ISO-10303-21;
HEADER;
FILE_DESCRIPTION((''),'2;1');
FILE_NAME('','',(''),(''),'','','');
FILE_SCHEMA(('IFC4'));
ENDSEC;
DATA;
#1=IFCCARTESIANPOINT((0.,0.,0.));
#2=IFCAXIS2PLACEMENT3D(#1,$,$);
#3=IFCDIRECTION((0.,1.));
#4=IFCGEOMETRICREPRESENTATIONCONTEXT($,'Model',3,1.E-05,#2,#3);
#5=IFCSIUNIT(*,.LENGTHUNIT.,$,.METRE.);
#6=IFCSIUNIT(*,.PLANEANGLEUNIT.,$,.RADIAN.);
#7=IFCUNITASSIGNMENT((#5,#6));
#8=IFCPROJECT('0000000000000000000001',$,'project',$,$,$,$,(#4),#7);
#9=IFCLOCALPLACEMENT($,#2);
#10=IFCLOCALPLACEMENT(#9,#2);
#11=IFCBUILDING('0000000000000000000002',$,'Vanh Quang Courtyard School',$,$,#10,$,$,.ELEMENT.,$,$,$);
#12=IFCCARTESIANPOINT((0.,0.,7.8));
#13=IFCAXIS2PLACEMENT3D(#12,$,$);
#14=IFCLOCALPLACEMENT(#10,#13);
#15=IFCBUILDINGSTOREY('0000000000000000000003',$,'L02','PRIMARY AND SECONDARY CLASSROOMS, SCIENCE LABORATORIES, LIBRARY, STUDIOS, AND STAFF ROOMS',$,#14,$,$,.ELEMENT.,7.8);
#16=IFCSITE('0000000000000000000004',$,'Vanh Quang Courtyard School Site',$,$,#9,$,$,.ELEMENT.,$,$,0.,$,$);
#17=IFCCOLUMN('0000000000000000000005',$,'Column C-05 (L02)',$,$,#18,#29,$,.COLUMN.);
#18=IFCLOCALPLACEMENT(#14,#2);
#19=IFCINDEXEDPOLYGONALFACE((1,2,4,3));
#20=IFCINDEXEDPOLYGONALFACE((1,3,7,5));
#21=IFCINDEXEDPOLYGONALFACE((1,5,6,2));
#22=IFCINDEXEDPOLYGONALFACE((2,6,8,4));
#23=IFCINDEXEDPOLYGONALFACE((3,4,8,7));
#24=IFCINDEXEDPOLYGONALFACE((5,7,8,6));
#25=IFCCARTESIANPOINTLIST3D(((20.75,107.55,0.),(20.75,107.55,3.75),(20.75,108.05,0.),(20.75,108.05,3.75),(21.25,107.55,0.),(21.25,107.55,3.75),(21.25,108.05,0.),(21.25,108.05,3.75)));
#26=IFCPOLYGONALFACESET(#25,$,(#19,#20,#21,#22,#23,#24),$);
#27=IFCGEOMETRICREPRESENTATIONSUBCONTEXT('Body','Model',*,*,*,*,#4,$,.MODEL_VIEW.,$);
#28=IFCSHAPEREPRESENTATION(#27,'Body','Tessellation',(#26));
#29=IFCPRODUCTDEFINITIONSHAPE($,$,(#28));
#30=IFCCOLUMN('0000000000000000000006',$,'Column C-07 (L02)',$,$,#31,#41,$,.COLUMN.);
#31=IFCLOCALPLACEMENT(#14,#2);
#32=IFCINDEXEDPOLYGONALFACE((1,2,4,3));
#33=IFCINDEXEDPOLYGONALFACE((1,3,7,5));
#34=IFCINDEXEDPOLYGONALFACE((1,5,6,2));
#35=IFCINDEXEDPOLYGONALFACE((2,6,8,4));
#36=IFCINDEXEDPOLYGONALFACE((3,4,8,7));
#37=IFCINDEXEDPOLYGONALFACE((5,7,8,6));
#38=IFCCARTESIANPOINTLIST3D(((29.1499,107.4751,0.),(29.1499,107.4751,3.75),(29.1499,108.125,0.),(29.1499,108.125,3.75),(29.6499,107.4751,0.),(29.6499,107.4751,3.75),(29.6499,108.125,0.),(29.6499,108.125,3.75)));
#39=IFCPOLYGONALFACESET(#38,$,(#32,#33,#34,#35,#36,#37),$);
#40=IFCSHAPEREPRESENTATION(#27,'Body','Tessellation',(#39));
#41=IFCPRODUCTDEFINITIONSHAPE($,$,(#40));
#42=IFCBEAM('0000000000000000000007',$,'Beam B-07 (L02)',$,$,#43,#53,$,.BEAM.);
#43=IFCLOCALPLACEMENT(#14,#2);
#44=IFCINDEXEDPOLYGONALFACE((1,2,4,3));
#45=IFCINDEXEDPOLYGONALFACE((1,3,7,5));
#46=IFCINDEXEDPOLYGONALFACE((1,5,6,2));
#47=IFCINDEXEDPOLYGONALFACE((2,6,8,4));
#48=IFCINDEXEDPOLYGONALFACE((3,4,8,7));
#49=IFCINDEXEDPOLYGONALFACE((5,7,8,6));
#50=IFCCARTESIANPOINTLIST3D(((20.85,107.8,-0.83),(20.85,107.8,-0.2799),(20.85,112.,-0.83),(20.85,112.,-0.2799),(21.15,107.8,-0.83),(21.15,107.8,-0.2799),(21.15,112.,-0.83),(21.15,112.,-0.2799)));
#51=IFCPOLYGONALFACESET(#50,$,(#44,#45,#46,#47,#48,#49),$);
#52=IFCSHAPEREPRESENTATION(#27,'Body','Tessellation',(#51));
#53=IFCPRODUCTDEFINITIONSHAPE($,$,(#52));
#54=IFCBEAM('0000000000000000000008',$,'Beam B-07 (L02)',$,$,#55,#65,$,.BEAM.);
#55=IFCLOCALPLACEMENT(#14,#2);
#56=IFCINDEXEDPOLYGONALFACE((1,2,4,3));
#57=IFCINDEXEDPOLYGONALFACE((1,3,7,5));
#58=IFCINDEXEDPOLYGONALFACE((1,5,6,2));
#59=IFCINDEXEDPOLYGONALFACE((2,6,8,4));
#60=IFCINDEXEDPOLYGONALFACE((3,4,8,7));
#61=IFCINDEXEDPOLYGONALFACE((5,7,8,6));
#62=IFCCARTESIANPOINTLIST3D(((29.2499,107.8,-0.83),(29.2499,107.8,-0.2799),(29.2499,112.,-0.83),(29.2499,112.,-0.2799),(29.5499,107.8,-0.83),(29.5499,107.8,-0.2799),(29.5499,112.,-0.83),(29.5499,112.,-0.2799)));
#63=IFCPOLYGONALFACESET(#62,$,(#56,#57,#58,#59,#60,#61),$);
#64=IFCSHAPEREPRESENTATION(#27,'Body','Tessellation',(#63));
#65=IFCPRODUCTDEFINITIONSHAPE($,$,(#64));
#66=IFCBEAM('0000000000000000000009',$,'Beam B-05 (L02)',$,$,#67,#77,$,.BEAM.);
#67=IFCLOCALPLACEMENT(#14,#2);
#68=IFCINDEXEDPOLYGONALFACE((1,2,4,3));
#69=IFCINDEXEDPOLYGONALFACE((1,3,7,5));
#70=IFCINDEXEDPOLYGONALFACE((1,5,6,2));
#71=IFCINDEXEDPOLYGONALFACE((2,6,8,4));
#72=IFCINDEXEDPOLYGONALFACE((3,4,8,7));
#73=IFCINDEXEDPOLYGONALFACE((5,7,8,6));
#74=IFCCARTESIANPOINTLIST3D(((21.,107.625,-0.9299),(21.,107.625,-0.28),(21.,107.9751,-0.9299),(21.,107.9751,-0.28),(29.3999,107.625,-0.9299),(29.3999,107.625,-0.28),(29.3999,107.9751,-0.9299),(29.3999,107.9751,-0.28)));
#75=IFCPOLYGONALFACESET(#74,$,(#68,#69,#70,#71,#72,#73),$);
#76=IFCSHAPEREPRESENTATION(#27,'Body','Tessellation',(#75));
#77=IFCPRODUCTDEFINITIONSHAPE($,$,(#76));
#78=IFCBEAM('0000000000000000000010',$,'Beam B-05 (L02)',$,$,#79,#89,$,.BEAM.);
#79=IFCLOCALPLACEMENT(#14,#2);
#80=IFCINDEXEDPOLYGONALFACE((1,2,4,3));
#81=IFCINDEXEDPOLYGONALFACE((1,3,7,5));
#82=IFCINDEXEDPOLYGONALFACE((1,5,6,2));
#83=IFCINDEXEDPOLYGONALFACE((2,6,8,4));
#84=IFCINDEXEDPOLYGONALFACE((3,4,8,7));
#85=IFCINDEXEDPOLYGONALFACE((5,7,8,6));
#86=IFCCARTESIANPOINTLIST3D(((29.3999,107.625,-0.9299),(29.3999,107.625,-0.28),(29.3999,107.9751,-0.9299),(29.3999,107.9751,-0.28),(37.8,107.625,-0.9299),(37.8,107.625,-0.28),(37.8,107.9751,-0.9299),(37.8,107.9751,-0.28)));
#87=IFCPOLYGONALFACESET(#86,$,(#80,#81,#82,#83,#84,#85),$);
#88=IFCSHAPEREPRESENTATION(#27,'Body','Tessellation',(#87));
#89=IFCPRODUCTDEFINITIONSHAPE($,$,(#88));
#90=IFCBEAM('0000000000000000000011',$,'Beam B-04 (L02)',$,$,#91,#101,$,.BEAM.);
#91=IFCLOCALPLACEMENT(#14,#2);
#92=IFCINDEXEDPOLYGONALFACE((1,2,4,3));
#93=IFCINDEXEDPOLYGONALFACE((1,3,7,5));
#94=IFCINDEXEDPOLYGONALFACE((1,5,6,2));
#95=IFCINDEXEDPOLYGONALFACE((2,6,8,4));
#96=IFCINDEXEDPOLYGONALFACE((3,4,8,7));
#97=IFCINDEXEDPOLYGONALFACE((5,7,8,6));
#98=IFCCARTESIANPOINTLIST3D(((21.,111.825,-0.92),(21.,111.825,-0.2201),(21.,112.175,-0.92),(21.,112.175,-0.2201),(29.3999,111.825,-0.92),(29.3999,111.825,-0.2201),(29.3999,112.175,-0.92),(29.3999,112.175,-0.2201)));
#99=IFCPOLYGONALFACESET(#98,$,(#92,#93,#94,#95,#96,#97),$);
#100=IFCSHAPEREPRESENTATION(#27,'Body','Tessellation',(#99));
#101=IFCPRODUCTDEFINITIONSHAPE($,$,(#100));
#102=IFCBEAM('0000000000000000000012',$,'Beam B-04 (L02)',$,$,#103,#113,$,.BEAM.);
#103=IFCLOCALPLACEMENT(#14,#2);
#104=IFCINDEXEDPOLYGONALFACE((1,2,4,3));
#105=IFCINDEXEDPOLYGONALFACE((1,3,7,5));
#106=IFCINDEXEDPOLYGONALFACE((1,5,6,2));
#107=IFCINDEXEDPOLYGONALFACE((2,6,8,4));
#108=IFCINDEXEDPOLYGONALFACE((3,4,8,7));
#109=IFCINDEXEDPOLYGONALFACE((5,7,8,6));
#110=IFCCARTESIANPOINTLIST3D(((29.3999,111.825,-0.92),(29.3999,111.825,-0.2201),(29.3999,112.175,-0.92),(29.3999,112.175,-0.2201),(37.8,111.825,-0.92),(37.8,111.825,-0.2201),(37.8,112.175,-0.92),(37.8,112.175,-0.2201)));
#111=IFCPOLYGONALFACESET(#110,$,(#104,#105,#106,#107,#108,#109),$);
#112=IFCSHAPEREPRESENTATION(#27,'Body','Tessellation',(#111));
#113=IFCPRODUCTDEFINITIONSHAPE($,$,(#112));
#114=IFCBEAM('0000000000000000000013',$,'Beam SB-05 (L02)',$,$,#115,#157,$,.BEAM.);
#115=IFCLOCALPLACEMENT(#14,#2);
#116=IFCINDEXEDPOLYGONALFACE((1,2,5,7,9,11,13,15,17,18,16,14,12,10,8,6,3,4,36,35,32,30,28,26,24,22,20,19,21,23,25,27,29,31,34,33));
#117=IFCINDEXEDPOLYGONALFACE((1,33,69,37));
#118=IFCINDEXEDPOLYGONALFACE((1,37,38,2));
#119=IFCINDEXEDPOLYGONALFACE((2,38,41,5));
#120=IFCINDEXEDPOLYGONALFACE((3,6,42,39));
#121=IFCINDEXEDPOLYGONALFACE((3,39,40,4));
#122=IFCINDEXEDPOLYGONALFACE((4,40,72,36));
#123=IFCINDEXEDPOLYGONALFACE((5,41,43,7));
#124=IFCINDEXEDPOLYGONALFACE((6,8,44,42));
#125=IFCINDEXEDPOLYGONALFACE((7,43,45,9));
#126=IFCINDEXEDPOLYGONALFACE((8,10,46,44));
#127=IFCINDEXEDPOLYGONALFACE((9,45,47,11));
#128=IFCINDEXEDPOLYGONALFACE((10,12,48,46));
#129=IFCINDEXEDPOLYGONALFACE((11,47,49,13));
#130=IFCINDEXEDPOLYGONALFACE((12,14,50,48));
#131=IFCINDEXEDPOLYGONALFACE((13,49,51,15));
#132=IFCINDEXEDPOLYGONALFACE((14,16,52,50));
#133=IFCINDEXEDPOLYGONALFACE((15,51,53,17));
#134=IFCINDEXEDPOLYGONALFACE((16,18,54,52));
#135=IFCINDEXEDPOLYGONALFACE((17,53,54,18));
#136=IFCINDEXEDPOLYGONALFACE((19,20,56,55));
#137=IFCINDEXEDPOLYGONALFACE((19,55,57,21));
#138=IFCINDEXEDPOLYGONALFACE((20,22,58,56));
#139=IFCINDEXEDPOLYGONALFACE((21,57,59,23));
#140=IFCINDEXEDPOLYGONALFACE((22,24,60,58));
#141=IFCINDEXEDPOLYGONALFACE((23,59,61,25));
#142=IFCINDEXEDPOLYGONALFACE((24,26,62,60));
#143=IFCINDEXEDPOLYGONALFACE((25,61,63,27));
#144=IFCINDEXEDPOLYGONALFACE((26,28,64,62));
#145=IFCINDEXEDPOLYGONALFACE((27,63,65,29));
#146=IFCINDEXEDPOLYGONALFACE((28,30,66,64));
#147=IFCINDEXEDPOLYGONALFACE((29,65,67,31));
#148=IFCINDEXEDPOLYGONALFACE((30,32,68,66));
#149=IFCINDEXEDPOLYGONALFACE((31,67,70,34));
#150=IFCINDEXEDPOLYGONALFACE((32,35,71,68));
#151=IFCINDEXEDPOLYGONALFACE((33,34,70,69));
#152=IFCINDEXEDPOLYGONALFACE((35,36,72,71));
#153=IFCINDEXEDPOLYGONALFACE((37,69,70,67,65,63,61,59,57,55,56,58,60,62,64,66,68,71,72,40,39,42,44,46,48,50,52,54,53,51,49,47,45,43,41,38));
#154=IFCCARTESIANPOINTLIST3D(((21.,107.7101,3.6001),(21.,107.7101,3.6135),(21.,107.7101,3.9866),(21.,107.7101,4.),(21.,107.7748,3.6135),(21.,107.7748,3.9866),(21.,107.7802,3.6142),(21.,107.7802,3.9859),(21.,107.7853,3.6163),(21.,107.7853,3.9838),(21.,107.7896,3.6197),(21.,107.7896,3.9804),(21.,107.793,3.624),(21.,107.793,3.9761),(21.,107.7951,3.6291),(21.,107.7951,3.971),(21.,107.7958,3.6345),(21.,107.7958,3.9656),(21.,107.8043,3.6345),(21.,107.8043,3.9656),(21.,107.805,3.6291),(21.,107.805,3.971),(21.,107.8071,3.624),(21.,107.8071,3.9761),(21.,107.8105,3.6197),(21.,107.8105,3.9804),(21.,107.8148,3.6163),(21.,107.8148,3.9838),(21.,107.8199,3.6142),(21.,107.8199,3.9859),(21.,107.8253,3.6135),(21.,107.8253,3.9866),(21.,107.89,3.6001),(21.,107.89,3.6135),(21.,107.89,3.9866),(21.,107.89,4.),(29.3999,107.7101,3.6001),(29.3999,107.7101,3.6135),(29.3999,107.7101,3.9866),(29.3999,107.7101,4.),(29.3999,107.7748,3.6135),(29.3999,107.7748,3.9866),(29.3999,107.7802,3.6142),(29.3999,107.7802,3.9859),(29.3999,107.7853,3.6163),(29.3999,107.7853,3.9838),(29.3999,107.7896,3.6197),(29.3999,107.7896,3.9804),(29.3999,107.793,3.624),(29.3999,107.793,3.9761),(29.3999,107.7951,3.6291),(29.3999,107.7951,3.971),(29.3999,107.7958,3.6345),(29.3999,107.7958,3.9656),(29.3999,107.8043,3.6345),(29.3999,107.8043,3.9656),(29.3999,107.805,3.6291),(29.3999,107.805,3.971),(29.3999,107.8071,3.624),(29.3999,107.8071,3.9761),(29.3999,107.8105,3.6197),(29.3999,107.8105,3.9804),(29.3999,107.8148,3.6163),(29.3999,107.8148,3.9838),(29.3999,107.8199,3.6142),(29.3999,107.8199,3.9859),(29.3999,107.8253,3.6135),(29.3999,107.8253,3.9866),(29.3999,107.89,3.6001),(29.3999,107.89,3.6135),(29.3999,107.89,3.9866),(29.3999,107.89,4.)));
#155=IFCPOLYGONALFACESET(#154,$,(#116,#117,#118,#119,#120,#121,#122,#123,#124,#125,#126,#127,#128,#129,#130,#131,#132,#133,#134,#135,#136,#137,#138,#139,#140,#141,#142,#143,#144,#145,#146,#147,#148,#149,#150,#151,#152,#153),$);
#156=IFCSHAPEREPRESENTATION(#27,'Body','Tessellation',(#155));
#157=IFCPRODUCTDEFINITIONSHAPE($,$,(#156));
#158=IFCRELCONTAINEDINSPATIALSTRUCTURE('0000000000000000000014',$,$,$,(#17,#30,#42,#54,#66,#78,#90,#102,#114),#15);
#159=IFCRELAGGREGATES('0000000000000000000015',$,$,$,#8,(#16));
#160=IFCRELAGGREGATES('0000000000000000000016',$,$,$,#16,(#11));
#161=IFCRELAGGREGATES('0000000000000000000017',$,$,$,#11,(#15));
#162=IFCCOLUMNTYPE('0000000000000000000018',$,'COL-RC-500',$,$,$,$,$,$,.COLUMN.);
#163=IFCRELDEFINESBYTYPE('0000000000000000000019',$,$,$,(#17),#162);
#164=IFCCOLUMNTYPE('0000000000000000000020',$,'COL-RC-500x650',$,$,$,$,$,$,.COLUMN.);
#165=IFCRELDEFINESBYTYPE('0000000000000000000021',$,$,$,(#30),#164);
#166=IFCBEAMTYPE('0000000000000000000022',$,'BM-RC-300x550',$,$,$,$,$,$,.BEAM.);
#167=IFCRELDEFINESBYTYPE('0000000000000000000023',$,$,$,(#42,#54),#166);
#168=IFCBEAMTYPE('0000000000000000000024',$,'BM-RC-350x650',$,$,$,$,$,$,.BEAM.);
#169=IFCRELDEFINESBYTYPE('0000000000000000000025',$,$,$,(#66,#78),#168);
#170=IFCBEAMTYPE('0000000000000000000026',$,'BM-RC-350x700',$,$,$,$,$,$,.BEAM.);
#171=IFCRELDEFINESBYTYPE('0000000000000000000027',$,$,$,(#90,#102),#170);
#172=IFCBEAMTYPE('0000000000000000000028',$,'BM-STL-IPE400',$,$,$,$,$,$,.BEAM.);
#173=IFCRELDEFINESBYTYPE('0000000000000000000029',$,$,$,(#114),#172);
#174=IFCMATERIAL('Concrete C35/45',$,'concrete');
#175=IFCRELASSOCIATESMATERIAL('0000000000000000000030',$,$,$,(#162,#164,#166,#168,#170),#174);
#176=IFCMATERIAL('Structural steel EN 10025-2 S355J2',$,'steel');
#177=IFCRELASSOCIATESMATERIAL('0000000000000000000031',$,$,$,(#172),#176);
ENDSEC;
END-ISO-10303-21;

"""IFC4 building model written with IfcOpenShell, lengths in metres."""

from ifc_helpers import new_model, si_unit, direction, frame, origin, origin_2d, place, context, subcontext, project, spatial, rectangle, i_section, extrude, material, material_profile, profile_set, type_object, element, save


model = new_model("IFC4")

# Units and contexts
model_context = context("Model", 3, precision=1e-05, world=origin(), true_north=direction((0.0, 1.0)))
body_context = subcontext(model_context, "Body", "Model", "MODEL_VIEW")
ifc_project = project(units=[si_unit("LENGTHUNIT", "METRE"), si_unit("PLANEANGLEUNIT", "RADIAN")], contexts=[model_context])

# Site, building, storey
site_placement = place(None, origin())
site = spatial("IfcSite", under=ifc_project, at=site_placement, Name="Vanh Quang Courtyard School Site", CompositionType="ELEMENT", RefElevation=0.0)
building_placement = place(site_placement, origin())
building = spatial("IfcBuilding", under=site, at=building_placement, Name="Vanh Quang Courtyard School", CompositionType="ELEMENT")
storey_placement = place(building_placement, frame((0.0, 0.0, 7.8)))
storey = spatial("IfcBuildingStorey", under=building, at=storey_placement, Name="L02", Description="PRIMARY AND SECONDARY CLASSROOMS, SCIENCE LABORATORIES, LIBRARY, STUDIOS, AND STAFF ROOMS", CompositionType="ELEMENT", Elevation=7.8)

# Columns
ifc_material_1 = material(Name="Concrete C35/45", Category="concrete")
ifc_material_profile_1 = material_profile(ifc_material_1, rectangle(XDim=0.5, YDim=0.5, at=origin_2d()), Name="RC-COL 500x500")
ifc_profile_set_1 = profile_set([ifc_material_profile_1], Name="Concrete C35/45")
column_type_1 = type_object("IfcColumnType", Name="COL-RC-500", PredefinedType="COLUMN", material=ifc_profile_set_1)
column_1_placement = place(storey_placement, frame((21.0, 107.8, 0.0), z_axis=(0.0, 0.0, 1.0), x_axis=(1.0, 0.0, 0.0)))
element("IfcColumn", 1, at=column_1_placement, inside=storey, type_object=column_type_1, Name="Column C-05 (L02)", PredefinedType="COLUMN", context=body_context, shape_type="SweptSolid", body=[
    extrude(rectangle(XDim=0.5, YDim=0.5, at=origin_2d()), origin(), (0.0, 0.0, 1.0), 3.75),
])
ifc_material_profile_2 = material_profile(ifc_material_1, rectangle(XDim=0.5, YDim=0.6499, at=origin_2d()), Name="RC-COL 500x650")
ifc_profile_set_2 = profile_set([ifc_material_profile_2], Name="Concrete C35/45")
column_type_2 = type_object("IfcColumnType", Name="COL-RC-500x650", PredefinedType="COLUMN", material=ifc_profile_set_2)
column_2_placement = place(storey_placement, frame((29.3999, 107.8, 0.0), z_axis=(0.0, 0.0, 1.0), x_axis=(1.0, 0.0, 0.0)))
element("IfcColumn", 2, at=column_2_placement, inside=storey, type_object=column_type_2, Name="Column C-07 (L02)", PredefinedType="COLUMN", context=body_context, shape_type="SweptSolid", body=[
    extrude(rectangle(XDim=0.5, YDim=0.6499, at=origin_2d()), origin(), (0.0, 0.0, 1.0), 3.75),
])

# Beams
ifc_material_profile_3 = material_profile(ifc_material_1, rectangle(XDim=0.3, YDim=0.55, at=origin_2d()), Name="RC-BM 300x550")
ifc_profile_set_3 = profile_set([ifc_material_profile_3], Name="Concrete C35/45")
beam_type_1 = type_object("IfcBeamType", Name="BM-RC-300x550", PredefinedType="BEAM", material=ifc_profile_set_3)
for number, where, z_axis, x_axis, name in (
    (3, (21.0, 107.8, -0.5549), (0.0, 1.0, 0.0), (-1.0, 0.0, 0.0), "Beam B-07 (L02)"),
    (4, (29.3999, 107.8, -0.5549), (0.0, 1.0, 0.0), (-1.0, 0.0, 0.0), "Beam B-07 (L02)"),
):
    element("IfcBeam", number, at=place(storey_placement, frame(where, z_axis=z_axis, x_axis=x_axis)), inside=storey, type_object=beam_type_1, Name=name, PredefinedType="BEAM", context=body_context, shape_type="SweptSolid", body=[
        extrude(rectangle(XDim=0.3, YDim=0.55, at=origin_2d()), origin(), (0.0, 0.0, 1.0), 4.2),
    ])
ifc_material_profile_4 = material_profile(ifc_material_1, rectangle(XDim=0.3501, YDim=0.6499, at=origin_2d()), Name="RC-BM 350x650")
ifc_profile_set_4 = profile_set([ifc_material_profile_4], Name="Concrete C35/45")
beam_type_2 = type_object("IfcBeamType", Name="BM-RC-350x650", PredefinedType="BEAM", material=ifc_profile_set_4)
beam_1_placement = place(storey_placement, frame((21.0, 107.8, -0.605), z_axis=(1.0, 0.0, 0.0), x_axis=(0.0, 1.0, 0.0)))
element("IfcBeam", 5, at=beam_1_placement, inside=storey, type_object=beam_type_2, Name="Beam B-05 (L02)", PredefinedType="BEAM", context=body_context, shape_type="SweptSolid", body=[
    extrude(rectangle(XDim=0.3501, YDim=0.6499, at=origin_2d()), origin(), (0.0, 0.0, 1.0), 8.3999),
])
beam_2_placement = place(storey_placement, frame((29.3999, 107.8, -0.605), z_axis=(1.0, 0.0, 0.0), x_axis=(0.0, 1.0, 0.0)))
element("IfcBeam", 6, at=beam_2_placement, inside=storey, type_object=beam_type_2, Name="Beam B-05 (L02)", PredefinedType="BEAM", context=body_context, shape_type="SweptSolid", body=[
    extrude(rectangle(XDim=0.3501, YDim=0.6499, at=origin_2d()), origin(), (0.0, 0.0, 1.0), 8.4001),
])
ifc_material_profile_5 = material_profile(ifc_material_1, rectangle(XDim=0.3501, YDim=0.7, at=origin_2d()), Name="RC-BM 350x700")
ifc_profile_set_5 = profile_set([ifc_material_profile_5], Name="Concrete C35/45")
beam_type_3 = type_object("IfcBeamType", Name="BM-RC-350x700", PredefinedType="BEAM", material=ifc_profile_set_5)
beam_3_placement = place(storey_placement, frame((21.0, 112.0, -0.5701), z_axis=(1.0, 0.0, 0.0), x_axis=(0.0, 1.0, 0.0)))
element("IfcBeam", 7, at=beam_3_placement, inside=storey, type_object=beam_type_3, Name="Beam B-04 (L02)", PredefinedType="BEAM", context=body_context, shape_type="SweptSolid", body=[
    extrude(rectangle(XDim=0.3501, YDim=0.7, at=origin_2d()), origin(), (0.0, 0.0, 1.0), 8.3999),
])
beam_4_placement = place(storey_placement, frame((29.3999, 112.0, -0.5701), z_axis=(1.0, 0.0, 0.0), x_axis=(0.0, 1.0, 0.0)))
element("IfcBeam", 8, at=beam_4_placement, inside=storey, type_object=beam_type_3, Name="Beam B-04 (L02)", PredefinedType="BEAM", context=body_context, shape_type="SweptSolid", body=[
    extrude(rectangle(XDim=0.3501, YDim=0.7, at=origin_2d()), origin(), (0.0, 0.0, 1.0), 8.4001),
])
ifc_material_2 = material(Name="Structural steel EN 10025-2 S355J2", Category="steel")
ifc_material_profile_6 = material_profile(ifc_material_2, i_section(OverallWidth=0.1799, OverallDepth=0.3999, WebThickness=0.0085, FlangeThickness=0.0134, FilletRadius=0.021, at=origin_2d()), Name="IPE 400")
ifc_profile_set_6 = profile_set([ifc_material_profile_6], Name="Structural steel EN 10025-2 S355J2")
beam_type_4 = type_object("IfcBeamType", Name="BM-STL-IPE400", PredefinedType="BEAM", material=ifc_profile_set_6)
beam_5_placement = place(storey_placement, frame((21.0, 107.8, 3.8), z_axis=(1.0, 0.0, 0.0), x_axis=(0.0, 1.0, 0.0)))
element("IfcBeam", 9, at=beam_5_placement, inside=storey, type_object=beam_type_4, Name="Beam SB-05 (L02)", PredefinedType="BEAM", context=body_context, shape_type="SweptSolid", body=[
    extrude(i_section(OverallWidth=0.1799, OverallDepth=0.3999, WebThickness=0.0085, FlangeThickness=0.0134, FilletRadius=0.021, at=origin_2d()), origin(), (0.0, 0.0, 1.0), 8.3999),
])

save(model, "model.ifc")
